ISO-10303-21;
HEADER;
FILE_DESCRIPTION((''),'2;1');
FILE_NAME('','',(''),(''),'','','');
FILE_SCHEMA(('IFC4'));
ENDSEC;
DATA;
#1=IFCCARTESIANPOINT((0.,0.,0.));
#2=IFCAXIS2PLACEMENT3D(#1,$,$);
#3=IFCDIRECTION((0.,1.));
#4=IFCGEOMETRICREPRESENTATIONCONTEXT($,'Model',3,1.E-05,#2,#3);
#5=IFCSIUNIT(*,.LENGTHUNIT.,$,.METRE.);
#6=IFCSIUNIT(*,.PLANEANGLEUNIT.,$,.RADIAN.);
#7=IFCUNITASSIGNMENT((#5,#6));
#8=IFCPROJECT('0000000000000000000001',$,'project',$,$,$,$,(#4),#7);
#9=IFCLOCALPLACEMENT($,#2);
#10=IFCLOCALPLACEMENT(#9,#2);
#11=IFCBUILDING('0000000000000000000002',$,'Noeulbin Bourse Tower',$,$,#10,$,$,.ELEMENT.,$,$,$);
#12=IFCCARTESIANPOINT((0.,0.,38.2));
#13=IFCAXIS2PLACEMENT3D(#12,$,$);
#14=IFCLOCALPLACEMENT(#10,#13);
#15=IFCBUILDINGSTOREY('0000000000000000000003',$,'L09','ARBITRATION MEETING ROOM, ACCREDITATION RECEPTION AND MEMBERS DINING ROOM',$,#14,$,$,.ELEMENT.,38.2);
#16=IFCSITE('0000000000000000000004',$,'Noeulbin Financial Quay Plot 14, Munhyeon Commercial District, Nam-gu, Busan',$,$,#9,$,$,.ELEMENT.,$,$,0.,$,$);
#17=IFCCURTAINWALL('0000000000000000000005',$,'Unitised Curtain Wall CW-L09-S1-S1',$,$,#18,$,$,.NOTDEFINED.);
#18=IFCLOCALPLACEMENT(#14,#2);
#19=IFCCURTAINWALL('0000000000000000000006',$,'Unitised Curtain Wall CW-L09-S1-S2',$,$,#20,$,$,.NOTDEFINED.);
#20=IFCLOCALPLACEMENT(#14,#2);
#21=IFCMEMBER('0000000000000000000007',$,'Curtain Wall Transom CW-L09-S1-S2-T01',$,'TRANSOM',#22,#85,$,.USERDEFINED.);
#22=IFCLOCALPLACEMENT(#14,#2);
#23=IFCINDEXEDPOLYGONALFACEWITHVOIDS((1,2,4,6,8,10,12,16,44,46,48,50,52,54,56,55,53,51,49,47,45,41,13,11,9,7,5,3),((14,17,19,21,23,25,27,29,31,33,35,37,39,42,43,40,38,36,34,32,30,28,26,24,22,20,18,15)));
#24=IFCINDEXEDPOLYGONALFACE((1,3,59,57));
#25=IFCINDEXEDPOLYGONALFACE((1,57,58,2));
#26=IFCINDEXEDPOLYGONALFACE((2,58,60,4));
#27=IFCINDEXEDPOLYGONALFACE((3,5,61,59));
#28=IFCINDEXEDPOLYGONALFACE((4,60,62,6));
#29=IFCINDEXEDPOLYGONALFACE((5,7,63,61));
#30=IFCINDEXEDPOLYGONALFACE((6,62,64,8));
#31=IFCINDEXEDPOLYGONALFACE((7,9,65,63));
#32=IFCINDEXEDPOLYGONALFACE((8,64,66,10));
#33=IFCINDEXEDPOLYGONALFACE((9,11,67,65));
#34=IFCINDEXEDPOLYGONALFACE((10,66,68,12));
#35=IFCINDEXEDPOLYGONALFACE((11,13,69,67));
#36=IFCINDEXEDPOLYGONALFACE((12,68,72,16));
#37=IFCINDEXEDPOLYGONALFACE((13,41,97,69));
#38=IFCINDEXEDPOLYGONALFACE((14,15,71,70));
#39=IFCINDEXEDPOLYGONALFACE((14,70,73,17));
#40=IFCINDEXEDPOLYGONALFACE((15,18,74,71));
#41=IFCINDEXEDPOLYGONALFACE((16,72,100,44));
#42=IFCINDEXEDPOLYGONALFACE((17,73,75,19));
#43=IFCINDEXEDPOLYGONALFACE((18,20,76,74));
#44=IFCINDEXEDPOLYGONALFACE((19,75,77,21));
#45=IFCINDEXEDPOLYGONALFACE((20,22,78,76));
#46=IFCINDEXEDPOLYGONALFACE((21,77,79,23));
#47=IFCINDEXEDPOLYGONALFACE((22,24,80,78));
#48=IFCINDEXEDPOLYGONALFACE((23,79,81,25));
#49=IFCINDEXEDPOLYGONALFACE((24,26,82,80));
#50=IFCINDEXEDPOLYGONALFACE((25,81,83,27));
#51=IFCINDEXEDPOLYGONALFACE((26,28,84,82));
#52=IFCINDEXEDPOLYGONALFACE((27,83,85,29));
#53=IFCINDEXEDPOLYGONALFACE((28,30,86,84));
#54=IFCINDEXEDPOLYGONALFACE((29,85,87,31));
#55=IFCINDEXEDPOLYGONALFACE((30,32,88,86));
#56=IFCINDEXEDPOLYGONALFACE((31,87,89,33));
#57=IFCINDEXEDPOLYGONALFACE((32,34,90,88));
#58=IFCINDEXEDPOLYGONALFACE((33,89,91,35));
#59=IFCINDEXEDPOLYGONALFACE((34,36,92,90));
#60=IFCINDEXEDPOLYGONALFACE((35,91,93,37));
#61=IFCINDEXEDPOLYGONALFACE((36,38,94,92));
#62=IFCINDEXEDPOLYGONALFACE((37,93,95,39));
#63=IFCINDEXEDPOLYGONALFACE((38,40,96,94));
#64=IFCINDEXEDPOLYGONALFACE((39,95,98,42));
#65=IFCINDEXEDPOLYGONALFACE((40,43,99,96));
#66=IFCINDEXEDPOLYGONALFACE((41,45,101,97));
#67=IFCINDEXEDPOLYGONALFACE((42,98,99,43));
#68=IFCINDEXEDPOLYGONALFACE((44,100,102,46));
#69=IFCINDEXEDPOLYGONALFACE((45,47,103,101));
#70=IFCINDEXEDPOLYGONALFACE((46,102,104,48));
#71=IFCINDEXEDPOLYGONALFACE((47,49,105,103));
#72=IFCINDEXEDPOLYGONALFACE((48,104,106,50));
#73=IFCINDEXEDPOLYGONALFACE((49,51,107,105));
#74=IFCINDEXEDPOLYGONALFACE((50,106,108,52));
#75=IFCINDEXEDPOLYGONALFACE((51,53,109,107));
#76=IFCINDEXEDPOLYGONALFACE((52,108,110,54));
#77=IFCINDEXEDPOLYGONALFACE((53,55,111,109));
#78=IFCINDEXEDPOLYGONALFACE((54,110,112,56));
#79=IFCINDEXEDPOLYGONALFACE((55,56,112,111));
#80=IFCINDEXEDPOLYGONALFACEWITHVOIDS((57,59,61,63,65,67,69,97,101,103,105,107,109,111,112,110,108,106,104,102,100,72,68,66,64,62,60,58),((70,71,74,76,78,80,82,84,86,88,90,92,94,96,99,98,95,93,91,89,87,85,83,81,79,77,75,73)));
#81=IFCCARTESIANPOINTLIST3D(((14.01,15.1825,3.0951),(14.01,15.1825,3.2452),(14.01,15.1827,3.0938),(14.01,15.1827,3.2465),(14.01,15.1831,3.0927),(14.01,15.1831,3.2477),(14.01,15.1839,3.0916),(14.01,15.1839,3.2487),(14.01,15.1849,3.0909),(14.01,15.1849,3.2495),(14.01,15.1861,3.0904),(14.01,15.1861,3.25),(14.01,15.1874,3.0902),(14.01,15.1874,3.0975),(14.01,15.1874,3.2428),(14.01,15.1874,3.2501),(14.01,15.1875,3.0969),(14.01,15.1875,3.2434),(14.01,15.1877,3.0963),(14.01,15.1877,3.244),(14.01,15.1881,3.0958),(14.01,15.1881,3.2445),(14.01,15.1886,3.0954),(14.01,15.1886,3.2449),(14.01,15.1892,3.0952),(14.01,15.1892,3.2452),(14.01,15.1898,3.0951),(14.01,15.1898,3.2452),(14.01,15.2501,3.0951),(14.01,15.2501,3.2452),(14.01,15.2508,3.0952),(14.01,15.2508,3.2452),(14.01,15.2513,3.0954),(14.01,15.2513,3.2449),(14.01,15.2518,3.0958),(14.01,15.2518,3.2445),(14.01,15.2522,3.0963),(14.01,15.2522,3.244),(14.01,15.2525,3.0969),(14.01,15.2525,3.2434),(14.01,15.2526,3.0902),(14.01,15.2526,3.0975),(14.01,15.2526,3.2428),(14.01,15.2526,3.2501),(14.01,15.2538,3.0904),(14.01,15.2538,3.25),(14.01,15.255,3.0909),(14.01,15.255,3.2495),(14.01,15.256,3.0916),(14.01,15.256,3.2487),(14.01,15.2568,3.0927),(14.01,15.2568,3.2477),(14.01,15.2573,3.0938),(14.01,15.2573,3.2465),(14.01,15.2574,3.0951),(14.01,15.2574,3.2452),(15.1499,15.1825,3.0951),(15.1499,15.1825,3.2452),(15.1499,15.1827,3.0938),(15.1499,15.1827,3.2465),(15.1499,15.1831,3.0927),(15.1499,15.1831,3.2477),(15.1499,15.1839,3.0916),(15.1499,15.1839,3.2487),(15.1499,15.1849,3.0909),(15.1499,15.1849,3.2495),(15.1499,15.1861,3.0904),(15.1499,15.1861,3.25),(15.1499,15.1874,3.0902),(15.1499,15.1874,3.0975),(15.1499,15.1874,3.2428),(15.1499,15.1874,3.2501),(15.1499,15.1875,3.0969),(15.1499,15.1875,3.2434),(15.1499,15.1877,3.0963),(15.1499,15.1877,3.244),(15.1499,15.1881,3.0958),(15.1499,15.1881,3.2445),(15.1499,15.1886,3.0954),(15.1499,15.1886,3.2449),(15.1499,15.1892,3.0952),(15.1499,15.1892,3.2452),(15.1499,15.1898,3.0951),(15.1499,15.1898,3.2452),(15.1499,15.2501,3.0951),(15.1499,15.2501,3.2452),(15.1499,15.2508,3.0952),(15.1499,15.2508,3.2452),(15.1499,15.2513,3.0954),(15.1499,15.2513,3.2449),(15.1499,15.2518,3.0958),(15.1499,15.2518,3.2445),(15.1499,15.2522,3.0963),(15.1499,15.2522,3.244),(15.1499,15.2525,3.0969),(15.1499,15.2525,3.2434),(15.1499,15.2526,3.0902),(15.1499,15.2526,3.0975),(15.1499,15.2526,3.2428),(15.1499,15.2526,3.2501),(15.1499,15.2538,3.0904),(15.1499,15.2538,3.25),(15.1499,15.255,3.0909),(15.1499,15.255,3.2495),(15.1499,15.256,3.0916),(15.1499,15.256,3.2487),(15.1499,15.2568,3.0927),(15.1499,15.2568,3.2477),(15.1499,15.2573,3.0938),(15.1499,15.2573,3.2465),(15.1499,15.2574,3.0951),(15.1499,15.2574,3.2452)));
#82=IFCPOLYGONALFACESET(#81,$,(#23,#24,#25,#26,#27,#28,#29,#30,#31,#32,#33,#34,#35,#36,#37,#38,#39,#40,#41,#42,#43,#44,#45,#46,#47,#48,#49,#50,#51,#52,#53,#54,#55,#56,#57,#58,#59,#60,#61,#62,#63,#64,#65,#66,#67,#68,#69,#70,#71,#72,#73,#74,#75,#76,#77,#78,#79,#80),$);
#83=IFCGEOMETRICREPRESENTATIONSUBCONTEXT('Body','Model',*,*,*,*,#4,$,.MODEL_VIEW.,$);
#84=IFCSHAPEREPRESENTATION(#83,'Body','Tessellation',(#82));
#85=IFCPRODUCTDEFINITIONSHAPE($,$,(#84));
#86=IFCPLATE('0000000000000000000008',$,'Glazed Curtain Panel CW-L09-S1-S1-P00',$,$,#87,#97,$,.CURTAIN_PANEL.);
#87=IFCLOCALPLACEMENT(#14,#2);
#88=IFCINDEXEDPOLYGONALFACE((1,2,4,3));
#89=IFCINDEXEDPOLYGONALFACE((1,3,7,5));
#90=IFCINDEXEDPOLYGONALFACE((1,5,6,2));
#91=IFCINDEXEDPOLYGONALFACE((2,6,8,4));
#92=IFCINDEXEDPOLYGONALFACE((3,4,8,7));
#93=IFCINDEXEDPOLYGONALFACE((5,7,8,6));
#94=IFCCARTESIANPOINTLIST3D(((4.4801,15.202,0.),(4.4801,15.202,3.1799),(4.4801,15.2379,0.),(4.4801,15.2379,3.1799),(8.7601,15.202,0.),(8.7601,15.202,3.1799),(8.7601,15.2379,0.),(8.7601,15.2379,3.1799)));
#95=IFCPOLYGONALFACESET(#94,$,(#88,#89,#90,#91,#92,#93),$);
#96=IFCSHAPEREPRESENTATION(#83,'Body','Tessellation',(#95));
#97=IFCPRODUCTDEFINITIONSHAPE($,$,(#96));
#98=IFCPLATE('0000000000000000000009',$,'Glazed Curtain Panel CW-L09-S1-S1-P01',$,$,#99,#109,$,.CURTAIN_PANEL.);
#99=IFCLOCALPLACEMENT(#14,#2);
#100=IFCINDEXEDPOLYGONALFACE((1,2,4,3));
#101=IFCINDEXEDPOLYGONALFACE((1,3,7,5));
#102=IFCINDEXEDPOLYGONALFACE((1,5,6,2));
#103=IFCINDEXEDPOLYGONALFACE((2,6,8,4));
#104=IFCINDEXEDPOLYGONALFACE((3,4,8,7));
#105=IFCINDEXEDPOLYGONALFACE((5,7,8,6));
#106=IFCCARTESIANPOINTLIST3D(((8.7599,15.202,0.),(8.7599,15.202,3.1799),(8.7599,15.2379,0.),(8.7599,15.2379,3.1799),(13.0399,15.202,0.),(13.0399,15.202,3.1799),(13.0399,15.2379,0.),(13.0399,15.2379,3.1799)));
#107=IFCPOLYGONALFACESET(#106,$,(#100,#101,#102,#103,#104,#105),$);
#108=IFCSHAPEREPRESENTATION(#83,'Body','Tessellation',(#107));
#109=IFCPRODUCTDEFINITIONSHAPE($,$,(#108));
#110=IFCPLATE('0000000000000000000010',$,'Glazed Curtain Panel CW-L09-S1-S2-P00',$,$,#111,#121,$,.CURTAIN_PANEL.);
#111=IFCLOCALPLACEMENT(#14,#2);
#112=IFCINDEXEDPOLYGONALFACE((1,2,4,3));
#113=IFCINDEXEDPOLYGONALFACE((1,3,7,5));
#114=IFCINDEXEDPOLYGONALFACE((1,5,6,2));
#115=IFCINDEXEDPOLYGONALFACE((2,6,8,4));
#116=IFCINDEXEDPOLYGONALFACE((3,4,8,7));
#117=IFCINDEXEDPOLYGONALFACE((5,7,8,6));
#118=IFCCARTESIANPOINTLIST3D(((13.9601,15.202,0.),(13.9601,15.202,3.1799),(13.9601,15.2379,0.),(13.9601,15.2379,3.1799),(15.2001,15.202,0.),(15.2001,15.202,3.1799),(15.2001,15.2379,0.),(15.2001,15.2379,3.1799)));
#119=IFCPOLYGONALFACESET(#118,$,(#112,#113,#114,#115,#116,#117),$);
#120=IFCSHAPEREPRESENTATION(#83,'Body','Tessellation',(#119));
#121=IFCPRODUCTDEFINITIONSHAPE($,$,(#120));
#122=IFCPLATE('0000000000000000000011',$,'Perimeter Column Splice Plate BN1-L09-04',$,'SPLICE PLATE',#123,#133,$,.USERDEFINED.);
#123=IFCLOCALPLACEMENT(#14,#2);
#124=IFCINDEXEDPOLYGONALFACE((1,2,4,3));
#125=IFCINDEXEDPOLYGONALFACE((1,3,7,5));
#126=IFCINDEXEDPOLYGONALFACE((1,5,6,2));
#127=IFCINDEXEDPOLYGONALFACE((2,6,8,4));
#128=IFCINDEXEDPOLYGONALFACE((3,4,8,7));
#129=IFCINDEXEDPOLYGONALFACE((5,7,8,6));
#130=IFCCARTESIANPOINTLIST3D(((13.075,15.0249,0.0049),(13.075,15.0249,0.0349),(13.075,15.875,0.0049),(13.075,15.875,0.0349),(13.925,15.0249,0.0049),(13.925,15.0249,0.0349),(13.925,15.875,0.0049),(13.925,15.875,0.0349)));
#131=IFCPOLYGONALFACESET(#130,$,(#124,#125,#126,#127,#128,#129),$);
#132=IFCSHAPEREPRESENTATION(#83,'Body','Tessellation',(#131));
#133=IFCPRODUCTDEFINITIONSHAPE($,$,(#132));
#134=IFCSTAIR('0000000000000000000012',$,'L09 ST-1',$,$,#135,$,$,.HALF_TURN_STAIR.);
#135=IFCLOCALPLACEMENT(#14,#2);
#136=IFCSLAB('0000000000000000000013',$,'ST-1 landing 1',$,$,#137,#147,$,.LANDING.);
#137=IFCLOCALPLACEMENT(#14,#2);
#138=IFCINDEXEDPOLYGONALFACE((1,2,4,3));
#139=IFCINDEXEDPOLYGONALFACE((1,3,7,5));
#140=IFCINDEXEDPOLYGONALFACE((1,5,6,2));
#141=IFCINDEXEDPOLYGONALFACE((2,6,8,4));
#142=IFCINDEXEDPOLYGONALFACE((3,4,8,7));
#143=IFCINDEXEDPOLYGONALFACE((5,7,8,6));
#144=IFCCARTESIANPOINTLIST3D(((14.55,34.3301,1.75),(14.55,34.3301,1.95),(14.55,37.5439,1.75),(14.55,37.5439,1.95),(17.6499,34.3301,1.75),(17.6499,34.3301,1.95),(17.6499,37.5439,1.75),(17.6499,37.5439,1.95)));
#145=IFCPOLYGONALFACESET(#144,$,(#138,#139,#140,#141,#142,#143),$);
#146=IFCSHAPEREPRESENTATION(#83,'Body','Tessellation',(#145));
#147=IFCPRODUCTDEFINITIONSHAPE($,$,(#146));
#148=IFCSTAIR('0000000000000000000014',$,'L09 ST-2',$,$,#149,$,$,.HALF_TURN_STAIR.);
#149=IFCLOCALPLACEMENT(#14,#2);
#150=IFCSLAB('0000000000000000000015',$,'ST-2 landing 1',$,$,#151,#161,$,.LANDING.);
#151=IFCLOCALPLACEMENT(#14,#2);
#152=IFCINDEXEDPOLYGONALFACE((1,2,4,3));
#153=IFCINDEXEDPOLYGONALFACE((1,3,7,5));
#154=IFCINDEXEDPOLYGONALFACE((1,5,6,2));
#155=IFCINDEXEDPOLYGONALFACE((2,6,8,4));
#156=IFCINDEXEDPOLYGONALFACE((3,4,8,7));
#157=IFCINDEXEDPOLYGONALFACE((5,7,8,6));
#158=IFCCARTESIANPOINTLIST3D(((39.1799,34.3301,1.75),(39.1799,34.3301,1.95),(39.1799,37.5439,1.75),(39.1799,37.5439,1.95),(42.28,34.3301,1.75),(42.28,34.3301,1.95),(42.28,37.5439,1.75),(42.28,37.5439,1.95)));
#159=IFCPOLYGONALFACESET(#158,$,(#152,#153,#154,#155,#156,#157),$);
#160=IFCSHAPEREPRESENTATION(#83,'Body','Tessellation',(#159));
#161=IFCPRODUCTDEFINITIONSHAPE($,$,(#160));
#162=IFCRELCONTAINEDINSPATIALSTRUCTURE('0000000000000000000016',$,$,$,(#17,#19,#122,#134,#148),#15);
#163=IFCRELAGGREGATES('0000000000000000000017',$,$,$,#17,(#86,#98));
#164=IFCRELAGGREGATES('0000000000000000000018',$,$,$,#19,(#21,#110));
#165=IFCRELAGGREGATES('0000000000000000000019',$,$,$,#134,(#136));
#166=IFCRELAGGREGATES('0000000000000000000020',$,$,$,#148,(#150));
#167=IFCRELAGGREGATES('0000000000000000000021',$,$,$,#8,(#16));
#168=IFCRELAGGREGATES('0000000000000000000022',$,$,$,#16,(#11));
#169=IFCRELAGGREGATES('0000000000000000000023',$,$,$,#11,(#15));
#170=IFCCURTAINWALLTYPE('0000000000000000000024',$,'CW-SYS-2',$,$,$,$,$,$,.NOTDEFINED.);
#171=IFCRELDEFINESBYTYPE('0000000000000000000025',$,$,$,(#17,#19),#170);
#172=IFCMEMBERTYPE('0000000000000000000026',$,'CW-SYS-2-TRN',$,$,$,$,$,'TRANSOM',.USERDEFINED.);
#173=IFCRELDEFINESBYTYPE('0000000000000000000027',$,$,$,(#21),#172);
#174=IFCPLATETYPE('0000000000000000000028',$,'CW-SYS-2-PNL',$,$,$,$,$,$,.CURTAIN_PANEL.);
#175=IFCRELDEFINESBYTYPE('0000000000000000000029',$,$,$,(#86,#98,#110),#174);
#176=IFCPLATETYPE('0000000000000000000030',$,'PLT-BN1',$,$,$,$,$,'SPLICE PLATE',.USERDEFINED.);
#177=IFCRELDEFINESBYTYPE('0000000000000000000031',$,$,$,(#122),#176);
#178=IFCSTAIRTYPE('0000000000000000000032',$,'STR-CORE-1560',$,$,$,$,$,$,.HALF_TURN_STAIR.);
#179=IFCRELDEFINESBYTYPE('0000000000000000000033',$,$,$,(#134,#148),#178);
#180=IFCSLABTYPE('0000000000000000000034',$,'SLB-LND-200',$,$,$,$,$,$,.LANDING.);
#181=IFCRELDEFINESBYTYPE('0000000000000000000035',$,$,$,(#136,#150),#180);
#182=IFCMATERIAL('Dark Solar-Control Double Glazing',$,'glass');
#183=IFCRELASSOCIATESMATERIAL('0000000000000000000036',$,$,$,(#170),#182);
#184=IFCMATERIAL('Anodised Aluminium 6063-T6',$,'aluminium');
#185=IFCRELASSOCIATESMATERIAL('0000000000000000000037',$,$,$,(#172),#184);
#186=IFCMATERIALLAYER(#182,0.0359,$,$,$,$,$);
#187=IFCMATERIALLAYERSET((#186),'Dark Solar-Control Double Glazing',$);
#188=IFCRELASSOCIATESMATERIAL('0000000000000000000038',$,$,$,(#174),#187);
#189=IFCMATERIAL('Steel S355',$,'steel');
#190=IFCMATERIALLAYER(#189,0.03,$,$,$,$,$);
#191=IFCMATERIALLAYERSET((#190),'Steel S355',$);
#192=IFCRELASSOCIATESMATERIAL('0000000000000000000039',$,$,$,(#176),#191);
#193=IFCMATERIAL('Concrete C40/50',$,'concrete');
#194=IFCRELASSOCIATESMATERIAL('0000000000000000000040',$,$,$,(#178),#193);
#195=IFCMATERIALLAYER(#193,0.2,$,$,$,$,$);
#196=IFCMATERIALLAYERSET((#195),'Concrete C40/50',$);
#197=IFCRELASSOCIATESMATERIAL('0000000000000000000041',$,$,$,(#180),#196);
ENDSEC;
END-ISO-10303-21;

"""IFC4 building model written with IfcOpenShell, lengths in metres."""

from ifc_helpers import new_model, si_unit, direction, frame, origin, origin_2d, place, context, subcontext, project, spatial, polyline, rectangle, hollow_rectangle, outline, extrude, material, layer, layer_set, material_profile, profile_set, type_object, element, aggregate, save


model = new_model("IFC4")

# Units and contexts
model_context = context("Model", 3, precision=1e-05, world=origin(), true_north=direction((0.0, 1.0)))
body_context = subcontext(model_context, "Body", "Model", "MODEL_VIEW")
ifc_project = project(units=[si_unit("LENGTHUNIT", "METRE"), si_unit("PLANEANGLEUNIT", "RADIAN")], contexts=[model_context])

# Site, building, storey
site_placement = place(None, origin())
site = spatial("IfcSite", under=ifc_project, at=site_placement, Name="Noeulbin Financial Quay Plot 14, Munhyeon Commercial District, Nam-gu, Busan", CompositionType="ELEMENT", RefElevation=0.0)
building_placement = place(site_placement, origin())
building = spatial("IfcBuilding", under=site, at=building_placement, Name="Noeulbin Bourse Tower", CompositionType="ELEMENT")
storey_placement = place(building_placement, frame((0.0, 0.0, 38.2)))
storey = spatial("IfcBuildingStorey", under=building, at=storey_placement, Name="L09", Description="ARBITRATION MEETING ROOM, ACCREDITATION RECEPTION AND MEMBERS DINING ROOM", CompositionType="ELEMENT", Elevation=38.2)

# Shared definitions
ifc_material_1 = material(Name="Steel S355", Category="steel")

# Curtain wall
ifc_material_2 = material(Name="Dark Solar-Control Double Glazing", Category="glass")
curtain_wall_type = type_object("IfcCurtainWallType", Name="CW-SYS-2", PredefinedType="NOTDEFINED", material=ifc_material_2)
curtain_wall_1_placement = place(storey_placement, origin())
curtain_wall_1 = element("IfcCurtainWall", 1, at=curtain_wall_1_placement, inside=storey, type_object=curtain_wall_type, Name="Unitised Curtain Wall CW-L09-S1-S1", PredefinedType="NOTDEFINED")
ifc_material_3 = material(Name="Anodised Aluminium 6063-T6", Category="aluminium")

# Curtain wall
curtain_wall_2_placement = place(storey_placement, origin())
curtain_wall_2 = element("IfcCurtainWall", 2, at=curtain_wall_2_placement, inside=storey, type_object=curtain_wall_type, Name="Unitised Curtain Wall CW-L09-S1-S2", PredefinedType="NOTDEFINED")

# Member
ifc_material_profile_1 = material_profile(ifc_material_3, hollow_rectangle(XDim=0.075, YDim=0.1599, WallThickness=0.0049, InnerFilletRadius=0.0024, OuterFilletRadius=0.0049, at=origin_2d()), Name="ALU-TRAN-75x160x5", Category="LoadBearing")
ifc_profile_set_1 = profile_set([ifc_material_profile_1], Name="Anodised Aluminium 6063-T6")
member_type_1 = type_object("IfcMemberType", Name="CW-SYS-2-TRN", ElementType="TRANSOM", PredefinedType="USERDEFINED", material=ifc_profile_set_1)
member_1_placement = place(storey_placement, frame((14.01, 15.22, 3.1702), z_axis=(1.0, 0.0, 0.0), x_axis=(0.0, 1.0, 0.0)))
member_1 = element("IfcMember", 3, at=member_1_placement, type_object=member_type_1, Name="Curtain Wall Transom CW-L09-S1-S2-T01", ObjectType="TRANSOM", PredefinedType="USERDEFINED", context=body_context, shape_type="SweptSolid", body=[
    extrude(hollow_rectangle(XDim=0.075, YDim=0.1599, WallThickness=0.0049, InnerFilletRadius=0.0024, OuterFilletRadius=0.0049, at=origin_2d()), origin(), (0.0, 0.0, 1.0), 1.1399),
])

# Plates
ifc_layer_1 = layer(ifc_material_2, 0.0359)
ifc_layer_set_1 = layer_set([ifc_layer_1], Name="Dark Solar-Control Double Glazing")
plate_type_1 = type_object("IfcPlateType", Name="CW-SYS-2-PNL", PredefinedType="CURTAIN_PANEL", material=ifc_layer_set_1)
plate_1_placement = place(storey_placement, frame((6.6201, 15.22, 0.0), z_axis=(0.0, 0.0, 1.0), x_axis=(1.0, 0.0, 0.0)))
plate_1 = element("IfcPlate", 4, at=plate_1_placement, type_object=plate_type_1, Name="Glazed Curtain Panel CW-L09-S1-S1-P00", PredefinedType="CURTAIN_PANEL", context=body_context, shape_type="SweptSolid", body=[
    extrude(rectangle(XDim=4.28, YDim=0.0359, at=origin_2d()), origin(), (0.0, 0.0, 1.0), 3.1799),
])
plate_2_placement = place(storey_placement, frame((10.8999, 15.22, 0.0), z_axis=(0.0, 0.0, 1.0), x_axis=(1.0, 0.0, 0.0)))
plate_2 = element("IfcPlate", 5, at=plate_2_placement, type_object=plate_type_1, Name="Glazed Curtain Panel CW-L09-S1-S1-P01", PredefinedType="CURTAIN_PANEL", context=body_context, shape_type="SweptSolid", body=[
    extrude(rectangle(XDim=4.28, YDim=0.0359, at=origin_2d()), origin(), (0.0, 0.0, 1.0), 3.1799),
])
aggregate(curtain_wall_1, [plate_1, plate_2])
plate_3_placement = place(storey_placement, frame((14.5801, 15.22, 0.0), z_axis=(0.0, 0.0, 1.0), x_axis=(1.0, 0.0, 0.0)))
plate_3 = element("IfcPlate", 6, at=plate_3_placement, type_object=plate_type_1, Name="Glazed Curtain Panel CW-L09-S1-S2-P00", PredefinedType="CURTAIN_PANEL", context=body_context, shape_type="SweptSolid", body=[
    extrude(rectangle(XDim=1.24, YDim=0.0359, at=origin_2d()), origin(), (0.0, 0.0, 1.0), 3.1799),
])
aggregate(curtain_wall_2, [member_1, plate_3])
ifc_layer_2 = layer(ifc_material_1, 0.03)
ifc_layer_set_2 = layer_set([ifc_layer_2], Name="Steel S355")
plate_type_2 = type_object("IfcPlateType", Name="PLT-BN1", ElementType="SPLICE PLATE", PredefinedType="USERDEFINED", material=ifc_layer_set_2)
plate_4_placement = place(storey_placement, frame((13.5, 15.45, 0.0049), z_axis=(0.0, 0.0, 1.0), x_axis=(1.0, 0.0, 0.0)))
element("IfcPlate", 7, at=plate_4_placement, inside=storey, type_object=plate_type_2, Name="Perimeter Column Splice Plate BN1-L09-04", ObjectType="SPLICE PLATE", PredefinedType="USERDEFINED", context=body_context, shape_type="SweptSolid", body=[
    extrude(rectangle(XDim=0.8501, YDim=0.8501, at=origin_2d()), origin(), (0.0, 0.0, 1.0), 0.03),
])

# Stairs, slabs
ifc_material_4 = material(Name="Concrete C40/50", Category="concrete")
stair_type = type_object("IfcStairType", Name="STR-CORE-1560", PredefinedType="HALF_TURN_STAIR", material=ifc_material_4)
stair_1_placement = place(storey_placement, origin())
stair_1 = element("IfcStair", 8, at=stair_1_placement, inside=storey, type_object=stair_type, Name="L09 ST-1", PredefinedType="HALF_TURN_STAIR")
ifc_layer_3 = layer(ifc_material_4, 0.2)
ifc_layer_set_3 = layer_set([ifc_layer_3], Name="Concrete C40/50")
slab_type_1 = type_object("IfcSlabType", Name="SLB-LND-200", PredefinedType="LANDING", material=ifc_layer_set_3)
slab_1_placement = place(storey_placement, frame((0.0, 0.0, 1.75)))
slab_1 = element("IfcSlab", 9, at=slab_1_placement, type_object=slab_type_1, Name="ST-1 landing 1", PredefinedType="LANDING", context=body_context, shape_type="SweptSolid", body=[
    extrude(outline(polyline([(17.6499, 34.3301), (17.6499, 37.5439), (14.55, 37.5439), (14.55, 34.3301), (17.6499, 34.3301)])), origin(), (0.0, 0.0, 1.0), 0.2),
])
aggregate(stair_1, [slab_1])
stair_2_placement = place(storey_placement, origin())
stair_2 = element("IfcStair", 10, at=stair_2_placement, inside=storey, type_object=stair_type, Name="L09 ST-2", PredefinedType="HALF_TURN_STAIR")
slab_2_placement = place(storey_placement, frame((0.0, 0.0, 1.75)))
slab_2 = element("IfcSlab", 11, at=slab_2_placement, type_object=slab_type_1, Name="ST-2 landing 1", PredefinedType="LANDING", context=body_context, shape_type="SweptSolid", body=[
    extrude(outline(polyline([(42.28, 34.3301), (42.28, 37.5439), (39.1799, 37.5439), (39.1799, 34.3301), (42.28, 34.3301)])), origin(), (0.0, 0.0, 1.0), 0.2),
])
aggregate(stair_2, [slab_2])

save(model, "model.ifc")
